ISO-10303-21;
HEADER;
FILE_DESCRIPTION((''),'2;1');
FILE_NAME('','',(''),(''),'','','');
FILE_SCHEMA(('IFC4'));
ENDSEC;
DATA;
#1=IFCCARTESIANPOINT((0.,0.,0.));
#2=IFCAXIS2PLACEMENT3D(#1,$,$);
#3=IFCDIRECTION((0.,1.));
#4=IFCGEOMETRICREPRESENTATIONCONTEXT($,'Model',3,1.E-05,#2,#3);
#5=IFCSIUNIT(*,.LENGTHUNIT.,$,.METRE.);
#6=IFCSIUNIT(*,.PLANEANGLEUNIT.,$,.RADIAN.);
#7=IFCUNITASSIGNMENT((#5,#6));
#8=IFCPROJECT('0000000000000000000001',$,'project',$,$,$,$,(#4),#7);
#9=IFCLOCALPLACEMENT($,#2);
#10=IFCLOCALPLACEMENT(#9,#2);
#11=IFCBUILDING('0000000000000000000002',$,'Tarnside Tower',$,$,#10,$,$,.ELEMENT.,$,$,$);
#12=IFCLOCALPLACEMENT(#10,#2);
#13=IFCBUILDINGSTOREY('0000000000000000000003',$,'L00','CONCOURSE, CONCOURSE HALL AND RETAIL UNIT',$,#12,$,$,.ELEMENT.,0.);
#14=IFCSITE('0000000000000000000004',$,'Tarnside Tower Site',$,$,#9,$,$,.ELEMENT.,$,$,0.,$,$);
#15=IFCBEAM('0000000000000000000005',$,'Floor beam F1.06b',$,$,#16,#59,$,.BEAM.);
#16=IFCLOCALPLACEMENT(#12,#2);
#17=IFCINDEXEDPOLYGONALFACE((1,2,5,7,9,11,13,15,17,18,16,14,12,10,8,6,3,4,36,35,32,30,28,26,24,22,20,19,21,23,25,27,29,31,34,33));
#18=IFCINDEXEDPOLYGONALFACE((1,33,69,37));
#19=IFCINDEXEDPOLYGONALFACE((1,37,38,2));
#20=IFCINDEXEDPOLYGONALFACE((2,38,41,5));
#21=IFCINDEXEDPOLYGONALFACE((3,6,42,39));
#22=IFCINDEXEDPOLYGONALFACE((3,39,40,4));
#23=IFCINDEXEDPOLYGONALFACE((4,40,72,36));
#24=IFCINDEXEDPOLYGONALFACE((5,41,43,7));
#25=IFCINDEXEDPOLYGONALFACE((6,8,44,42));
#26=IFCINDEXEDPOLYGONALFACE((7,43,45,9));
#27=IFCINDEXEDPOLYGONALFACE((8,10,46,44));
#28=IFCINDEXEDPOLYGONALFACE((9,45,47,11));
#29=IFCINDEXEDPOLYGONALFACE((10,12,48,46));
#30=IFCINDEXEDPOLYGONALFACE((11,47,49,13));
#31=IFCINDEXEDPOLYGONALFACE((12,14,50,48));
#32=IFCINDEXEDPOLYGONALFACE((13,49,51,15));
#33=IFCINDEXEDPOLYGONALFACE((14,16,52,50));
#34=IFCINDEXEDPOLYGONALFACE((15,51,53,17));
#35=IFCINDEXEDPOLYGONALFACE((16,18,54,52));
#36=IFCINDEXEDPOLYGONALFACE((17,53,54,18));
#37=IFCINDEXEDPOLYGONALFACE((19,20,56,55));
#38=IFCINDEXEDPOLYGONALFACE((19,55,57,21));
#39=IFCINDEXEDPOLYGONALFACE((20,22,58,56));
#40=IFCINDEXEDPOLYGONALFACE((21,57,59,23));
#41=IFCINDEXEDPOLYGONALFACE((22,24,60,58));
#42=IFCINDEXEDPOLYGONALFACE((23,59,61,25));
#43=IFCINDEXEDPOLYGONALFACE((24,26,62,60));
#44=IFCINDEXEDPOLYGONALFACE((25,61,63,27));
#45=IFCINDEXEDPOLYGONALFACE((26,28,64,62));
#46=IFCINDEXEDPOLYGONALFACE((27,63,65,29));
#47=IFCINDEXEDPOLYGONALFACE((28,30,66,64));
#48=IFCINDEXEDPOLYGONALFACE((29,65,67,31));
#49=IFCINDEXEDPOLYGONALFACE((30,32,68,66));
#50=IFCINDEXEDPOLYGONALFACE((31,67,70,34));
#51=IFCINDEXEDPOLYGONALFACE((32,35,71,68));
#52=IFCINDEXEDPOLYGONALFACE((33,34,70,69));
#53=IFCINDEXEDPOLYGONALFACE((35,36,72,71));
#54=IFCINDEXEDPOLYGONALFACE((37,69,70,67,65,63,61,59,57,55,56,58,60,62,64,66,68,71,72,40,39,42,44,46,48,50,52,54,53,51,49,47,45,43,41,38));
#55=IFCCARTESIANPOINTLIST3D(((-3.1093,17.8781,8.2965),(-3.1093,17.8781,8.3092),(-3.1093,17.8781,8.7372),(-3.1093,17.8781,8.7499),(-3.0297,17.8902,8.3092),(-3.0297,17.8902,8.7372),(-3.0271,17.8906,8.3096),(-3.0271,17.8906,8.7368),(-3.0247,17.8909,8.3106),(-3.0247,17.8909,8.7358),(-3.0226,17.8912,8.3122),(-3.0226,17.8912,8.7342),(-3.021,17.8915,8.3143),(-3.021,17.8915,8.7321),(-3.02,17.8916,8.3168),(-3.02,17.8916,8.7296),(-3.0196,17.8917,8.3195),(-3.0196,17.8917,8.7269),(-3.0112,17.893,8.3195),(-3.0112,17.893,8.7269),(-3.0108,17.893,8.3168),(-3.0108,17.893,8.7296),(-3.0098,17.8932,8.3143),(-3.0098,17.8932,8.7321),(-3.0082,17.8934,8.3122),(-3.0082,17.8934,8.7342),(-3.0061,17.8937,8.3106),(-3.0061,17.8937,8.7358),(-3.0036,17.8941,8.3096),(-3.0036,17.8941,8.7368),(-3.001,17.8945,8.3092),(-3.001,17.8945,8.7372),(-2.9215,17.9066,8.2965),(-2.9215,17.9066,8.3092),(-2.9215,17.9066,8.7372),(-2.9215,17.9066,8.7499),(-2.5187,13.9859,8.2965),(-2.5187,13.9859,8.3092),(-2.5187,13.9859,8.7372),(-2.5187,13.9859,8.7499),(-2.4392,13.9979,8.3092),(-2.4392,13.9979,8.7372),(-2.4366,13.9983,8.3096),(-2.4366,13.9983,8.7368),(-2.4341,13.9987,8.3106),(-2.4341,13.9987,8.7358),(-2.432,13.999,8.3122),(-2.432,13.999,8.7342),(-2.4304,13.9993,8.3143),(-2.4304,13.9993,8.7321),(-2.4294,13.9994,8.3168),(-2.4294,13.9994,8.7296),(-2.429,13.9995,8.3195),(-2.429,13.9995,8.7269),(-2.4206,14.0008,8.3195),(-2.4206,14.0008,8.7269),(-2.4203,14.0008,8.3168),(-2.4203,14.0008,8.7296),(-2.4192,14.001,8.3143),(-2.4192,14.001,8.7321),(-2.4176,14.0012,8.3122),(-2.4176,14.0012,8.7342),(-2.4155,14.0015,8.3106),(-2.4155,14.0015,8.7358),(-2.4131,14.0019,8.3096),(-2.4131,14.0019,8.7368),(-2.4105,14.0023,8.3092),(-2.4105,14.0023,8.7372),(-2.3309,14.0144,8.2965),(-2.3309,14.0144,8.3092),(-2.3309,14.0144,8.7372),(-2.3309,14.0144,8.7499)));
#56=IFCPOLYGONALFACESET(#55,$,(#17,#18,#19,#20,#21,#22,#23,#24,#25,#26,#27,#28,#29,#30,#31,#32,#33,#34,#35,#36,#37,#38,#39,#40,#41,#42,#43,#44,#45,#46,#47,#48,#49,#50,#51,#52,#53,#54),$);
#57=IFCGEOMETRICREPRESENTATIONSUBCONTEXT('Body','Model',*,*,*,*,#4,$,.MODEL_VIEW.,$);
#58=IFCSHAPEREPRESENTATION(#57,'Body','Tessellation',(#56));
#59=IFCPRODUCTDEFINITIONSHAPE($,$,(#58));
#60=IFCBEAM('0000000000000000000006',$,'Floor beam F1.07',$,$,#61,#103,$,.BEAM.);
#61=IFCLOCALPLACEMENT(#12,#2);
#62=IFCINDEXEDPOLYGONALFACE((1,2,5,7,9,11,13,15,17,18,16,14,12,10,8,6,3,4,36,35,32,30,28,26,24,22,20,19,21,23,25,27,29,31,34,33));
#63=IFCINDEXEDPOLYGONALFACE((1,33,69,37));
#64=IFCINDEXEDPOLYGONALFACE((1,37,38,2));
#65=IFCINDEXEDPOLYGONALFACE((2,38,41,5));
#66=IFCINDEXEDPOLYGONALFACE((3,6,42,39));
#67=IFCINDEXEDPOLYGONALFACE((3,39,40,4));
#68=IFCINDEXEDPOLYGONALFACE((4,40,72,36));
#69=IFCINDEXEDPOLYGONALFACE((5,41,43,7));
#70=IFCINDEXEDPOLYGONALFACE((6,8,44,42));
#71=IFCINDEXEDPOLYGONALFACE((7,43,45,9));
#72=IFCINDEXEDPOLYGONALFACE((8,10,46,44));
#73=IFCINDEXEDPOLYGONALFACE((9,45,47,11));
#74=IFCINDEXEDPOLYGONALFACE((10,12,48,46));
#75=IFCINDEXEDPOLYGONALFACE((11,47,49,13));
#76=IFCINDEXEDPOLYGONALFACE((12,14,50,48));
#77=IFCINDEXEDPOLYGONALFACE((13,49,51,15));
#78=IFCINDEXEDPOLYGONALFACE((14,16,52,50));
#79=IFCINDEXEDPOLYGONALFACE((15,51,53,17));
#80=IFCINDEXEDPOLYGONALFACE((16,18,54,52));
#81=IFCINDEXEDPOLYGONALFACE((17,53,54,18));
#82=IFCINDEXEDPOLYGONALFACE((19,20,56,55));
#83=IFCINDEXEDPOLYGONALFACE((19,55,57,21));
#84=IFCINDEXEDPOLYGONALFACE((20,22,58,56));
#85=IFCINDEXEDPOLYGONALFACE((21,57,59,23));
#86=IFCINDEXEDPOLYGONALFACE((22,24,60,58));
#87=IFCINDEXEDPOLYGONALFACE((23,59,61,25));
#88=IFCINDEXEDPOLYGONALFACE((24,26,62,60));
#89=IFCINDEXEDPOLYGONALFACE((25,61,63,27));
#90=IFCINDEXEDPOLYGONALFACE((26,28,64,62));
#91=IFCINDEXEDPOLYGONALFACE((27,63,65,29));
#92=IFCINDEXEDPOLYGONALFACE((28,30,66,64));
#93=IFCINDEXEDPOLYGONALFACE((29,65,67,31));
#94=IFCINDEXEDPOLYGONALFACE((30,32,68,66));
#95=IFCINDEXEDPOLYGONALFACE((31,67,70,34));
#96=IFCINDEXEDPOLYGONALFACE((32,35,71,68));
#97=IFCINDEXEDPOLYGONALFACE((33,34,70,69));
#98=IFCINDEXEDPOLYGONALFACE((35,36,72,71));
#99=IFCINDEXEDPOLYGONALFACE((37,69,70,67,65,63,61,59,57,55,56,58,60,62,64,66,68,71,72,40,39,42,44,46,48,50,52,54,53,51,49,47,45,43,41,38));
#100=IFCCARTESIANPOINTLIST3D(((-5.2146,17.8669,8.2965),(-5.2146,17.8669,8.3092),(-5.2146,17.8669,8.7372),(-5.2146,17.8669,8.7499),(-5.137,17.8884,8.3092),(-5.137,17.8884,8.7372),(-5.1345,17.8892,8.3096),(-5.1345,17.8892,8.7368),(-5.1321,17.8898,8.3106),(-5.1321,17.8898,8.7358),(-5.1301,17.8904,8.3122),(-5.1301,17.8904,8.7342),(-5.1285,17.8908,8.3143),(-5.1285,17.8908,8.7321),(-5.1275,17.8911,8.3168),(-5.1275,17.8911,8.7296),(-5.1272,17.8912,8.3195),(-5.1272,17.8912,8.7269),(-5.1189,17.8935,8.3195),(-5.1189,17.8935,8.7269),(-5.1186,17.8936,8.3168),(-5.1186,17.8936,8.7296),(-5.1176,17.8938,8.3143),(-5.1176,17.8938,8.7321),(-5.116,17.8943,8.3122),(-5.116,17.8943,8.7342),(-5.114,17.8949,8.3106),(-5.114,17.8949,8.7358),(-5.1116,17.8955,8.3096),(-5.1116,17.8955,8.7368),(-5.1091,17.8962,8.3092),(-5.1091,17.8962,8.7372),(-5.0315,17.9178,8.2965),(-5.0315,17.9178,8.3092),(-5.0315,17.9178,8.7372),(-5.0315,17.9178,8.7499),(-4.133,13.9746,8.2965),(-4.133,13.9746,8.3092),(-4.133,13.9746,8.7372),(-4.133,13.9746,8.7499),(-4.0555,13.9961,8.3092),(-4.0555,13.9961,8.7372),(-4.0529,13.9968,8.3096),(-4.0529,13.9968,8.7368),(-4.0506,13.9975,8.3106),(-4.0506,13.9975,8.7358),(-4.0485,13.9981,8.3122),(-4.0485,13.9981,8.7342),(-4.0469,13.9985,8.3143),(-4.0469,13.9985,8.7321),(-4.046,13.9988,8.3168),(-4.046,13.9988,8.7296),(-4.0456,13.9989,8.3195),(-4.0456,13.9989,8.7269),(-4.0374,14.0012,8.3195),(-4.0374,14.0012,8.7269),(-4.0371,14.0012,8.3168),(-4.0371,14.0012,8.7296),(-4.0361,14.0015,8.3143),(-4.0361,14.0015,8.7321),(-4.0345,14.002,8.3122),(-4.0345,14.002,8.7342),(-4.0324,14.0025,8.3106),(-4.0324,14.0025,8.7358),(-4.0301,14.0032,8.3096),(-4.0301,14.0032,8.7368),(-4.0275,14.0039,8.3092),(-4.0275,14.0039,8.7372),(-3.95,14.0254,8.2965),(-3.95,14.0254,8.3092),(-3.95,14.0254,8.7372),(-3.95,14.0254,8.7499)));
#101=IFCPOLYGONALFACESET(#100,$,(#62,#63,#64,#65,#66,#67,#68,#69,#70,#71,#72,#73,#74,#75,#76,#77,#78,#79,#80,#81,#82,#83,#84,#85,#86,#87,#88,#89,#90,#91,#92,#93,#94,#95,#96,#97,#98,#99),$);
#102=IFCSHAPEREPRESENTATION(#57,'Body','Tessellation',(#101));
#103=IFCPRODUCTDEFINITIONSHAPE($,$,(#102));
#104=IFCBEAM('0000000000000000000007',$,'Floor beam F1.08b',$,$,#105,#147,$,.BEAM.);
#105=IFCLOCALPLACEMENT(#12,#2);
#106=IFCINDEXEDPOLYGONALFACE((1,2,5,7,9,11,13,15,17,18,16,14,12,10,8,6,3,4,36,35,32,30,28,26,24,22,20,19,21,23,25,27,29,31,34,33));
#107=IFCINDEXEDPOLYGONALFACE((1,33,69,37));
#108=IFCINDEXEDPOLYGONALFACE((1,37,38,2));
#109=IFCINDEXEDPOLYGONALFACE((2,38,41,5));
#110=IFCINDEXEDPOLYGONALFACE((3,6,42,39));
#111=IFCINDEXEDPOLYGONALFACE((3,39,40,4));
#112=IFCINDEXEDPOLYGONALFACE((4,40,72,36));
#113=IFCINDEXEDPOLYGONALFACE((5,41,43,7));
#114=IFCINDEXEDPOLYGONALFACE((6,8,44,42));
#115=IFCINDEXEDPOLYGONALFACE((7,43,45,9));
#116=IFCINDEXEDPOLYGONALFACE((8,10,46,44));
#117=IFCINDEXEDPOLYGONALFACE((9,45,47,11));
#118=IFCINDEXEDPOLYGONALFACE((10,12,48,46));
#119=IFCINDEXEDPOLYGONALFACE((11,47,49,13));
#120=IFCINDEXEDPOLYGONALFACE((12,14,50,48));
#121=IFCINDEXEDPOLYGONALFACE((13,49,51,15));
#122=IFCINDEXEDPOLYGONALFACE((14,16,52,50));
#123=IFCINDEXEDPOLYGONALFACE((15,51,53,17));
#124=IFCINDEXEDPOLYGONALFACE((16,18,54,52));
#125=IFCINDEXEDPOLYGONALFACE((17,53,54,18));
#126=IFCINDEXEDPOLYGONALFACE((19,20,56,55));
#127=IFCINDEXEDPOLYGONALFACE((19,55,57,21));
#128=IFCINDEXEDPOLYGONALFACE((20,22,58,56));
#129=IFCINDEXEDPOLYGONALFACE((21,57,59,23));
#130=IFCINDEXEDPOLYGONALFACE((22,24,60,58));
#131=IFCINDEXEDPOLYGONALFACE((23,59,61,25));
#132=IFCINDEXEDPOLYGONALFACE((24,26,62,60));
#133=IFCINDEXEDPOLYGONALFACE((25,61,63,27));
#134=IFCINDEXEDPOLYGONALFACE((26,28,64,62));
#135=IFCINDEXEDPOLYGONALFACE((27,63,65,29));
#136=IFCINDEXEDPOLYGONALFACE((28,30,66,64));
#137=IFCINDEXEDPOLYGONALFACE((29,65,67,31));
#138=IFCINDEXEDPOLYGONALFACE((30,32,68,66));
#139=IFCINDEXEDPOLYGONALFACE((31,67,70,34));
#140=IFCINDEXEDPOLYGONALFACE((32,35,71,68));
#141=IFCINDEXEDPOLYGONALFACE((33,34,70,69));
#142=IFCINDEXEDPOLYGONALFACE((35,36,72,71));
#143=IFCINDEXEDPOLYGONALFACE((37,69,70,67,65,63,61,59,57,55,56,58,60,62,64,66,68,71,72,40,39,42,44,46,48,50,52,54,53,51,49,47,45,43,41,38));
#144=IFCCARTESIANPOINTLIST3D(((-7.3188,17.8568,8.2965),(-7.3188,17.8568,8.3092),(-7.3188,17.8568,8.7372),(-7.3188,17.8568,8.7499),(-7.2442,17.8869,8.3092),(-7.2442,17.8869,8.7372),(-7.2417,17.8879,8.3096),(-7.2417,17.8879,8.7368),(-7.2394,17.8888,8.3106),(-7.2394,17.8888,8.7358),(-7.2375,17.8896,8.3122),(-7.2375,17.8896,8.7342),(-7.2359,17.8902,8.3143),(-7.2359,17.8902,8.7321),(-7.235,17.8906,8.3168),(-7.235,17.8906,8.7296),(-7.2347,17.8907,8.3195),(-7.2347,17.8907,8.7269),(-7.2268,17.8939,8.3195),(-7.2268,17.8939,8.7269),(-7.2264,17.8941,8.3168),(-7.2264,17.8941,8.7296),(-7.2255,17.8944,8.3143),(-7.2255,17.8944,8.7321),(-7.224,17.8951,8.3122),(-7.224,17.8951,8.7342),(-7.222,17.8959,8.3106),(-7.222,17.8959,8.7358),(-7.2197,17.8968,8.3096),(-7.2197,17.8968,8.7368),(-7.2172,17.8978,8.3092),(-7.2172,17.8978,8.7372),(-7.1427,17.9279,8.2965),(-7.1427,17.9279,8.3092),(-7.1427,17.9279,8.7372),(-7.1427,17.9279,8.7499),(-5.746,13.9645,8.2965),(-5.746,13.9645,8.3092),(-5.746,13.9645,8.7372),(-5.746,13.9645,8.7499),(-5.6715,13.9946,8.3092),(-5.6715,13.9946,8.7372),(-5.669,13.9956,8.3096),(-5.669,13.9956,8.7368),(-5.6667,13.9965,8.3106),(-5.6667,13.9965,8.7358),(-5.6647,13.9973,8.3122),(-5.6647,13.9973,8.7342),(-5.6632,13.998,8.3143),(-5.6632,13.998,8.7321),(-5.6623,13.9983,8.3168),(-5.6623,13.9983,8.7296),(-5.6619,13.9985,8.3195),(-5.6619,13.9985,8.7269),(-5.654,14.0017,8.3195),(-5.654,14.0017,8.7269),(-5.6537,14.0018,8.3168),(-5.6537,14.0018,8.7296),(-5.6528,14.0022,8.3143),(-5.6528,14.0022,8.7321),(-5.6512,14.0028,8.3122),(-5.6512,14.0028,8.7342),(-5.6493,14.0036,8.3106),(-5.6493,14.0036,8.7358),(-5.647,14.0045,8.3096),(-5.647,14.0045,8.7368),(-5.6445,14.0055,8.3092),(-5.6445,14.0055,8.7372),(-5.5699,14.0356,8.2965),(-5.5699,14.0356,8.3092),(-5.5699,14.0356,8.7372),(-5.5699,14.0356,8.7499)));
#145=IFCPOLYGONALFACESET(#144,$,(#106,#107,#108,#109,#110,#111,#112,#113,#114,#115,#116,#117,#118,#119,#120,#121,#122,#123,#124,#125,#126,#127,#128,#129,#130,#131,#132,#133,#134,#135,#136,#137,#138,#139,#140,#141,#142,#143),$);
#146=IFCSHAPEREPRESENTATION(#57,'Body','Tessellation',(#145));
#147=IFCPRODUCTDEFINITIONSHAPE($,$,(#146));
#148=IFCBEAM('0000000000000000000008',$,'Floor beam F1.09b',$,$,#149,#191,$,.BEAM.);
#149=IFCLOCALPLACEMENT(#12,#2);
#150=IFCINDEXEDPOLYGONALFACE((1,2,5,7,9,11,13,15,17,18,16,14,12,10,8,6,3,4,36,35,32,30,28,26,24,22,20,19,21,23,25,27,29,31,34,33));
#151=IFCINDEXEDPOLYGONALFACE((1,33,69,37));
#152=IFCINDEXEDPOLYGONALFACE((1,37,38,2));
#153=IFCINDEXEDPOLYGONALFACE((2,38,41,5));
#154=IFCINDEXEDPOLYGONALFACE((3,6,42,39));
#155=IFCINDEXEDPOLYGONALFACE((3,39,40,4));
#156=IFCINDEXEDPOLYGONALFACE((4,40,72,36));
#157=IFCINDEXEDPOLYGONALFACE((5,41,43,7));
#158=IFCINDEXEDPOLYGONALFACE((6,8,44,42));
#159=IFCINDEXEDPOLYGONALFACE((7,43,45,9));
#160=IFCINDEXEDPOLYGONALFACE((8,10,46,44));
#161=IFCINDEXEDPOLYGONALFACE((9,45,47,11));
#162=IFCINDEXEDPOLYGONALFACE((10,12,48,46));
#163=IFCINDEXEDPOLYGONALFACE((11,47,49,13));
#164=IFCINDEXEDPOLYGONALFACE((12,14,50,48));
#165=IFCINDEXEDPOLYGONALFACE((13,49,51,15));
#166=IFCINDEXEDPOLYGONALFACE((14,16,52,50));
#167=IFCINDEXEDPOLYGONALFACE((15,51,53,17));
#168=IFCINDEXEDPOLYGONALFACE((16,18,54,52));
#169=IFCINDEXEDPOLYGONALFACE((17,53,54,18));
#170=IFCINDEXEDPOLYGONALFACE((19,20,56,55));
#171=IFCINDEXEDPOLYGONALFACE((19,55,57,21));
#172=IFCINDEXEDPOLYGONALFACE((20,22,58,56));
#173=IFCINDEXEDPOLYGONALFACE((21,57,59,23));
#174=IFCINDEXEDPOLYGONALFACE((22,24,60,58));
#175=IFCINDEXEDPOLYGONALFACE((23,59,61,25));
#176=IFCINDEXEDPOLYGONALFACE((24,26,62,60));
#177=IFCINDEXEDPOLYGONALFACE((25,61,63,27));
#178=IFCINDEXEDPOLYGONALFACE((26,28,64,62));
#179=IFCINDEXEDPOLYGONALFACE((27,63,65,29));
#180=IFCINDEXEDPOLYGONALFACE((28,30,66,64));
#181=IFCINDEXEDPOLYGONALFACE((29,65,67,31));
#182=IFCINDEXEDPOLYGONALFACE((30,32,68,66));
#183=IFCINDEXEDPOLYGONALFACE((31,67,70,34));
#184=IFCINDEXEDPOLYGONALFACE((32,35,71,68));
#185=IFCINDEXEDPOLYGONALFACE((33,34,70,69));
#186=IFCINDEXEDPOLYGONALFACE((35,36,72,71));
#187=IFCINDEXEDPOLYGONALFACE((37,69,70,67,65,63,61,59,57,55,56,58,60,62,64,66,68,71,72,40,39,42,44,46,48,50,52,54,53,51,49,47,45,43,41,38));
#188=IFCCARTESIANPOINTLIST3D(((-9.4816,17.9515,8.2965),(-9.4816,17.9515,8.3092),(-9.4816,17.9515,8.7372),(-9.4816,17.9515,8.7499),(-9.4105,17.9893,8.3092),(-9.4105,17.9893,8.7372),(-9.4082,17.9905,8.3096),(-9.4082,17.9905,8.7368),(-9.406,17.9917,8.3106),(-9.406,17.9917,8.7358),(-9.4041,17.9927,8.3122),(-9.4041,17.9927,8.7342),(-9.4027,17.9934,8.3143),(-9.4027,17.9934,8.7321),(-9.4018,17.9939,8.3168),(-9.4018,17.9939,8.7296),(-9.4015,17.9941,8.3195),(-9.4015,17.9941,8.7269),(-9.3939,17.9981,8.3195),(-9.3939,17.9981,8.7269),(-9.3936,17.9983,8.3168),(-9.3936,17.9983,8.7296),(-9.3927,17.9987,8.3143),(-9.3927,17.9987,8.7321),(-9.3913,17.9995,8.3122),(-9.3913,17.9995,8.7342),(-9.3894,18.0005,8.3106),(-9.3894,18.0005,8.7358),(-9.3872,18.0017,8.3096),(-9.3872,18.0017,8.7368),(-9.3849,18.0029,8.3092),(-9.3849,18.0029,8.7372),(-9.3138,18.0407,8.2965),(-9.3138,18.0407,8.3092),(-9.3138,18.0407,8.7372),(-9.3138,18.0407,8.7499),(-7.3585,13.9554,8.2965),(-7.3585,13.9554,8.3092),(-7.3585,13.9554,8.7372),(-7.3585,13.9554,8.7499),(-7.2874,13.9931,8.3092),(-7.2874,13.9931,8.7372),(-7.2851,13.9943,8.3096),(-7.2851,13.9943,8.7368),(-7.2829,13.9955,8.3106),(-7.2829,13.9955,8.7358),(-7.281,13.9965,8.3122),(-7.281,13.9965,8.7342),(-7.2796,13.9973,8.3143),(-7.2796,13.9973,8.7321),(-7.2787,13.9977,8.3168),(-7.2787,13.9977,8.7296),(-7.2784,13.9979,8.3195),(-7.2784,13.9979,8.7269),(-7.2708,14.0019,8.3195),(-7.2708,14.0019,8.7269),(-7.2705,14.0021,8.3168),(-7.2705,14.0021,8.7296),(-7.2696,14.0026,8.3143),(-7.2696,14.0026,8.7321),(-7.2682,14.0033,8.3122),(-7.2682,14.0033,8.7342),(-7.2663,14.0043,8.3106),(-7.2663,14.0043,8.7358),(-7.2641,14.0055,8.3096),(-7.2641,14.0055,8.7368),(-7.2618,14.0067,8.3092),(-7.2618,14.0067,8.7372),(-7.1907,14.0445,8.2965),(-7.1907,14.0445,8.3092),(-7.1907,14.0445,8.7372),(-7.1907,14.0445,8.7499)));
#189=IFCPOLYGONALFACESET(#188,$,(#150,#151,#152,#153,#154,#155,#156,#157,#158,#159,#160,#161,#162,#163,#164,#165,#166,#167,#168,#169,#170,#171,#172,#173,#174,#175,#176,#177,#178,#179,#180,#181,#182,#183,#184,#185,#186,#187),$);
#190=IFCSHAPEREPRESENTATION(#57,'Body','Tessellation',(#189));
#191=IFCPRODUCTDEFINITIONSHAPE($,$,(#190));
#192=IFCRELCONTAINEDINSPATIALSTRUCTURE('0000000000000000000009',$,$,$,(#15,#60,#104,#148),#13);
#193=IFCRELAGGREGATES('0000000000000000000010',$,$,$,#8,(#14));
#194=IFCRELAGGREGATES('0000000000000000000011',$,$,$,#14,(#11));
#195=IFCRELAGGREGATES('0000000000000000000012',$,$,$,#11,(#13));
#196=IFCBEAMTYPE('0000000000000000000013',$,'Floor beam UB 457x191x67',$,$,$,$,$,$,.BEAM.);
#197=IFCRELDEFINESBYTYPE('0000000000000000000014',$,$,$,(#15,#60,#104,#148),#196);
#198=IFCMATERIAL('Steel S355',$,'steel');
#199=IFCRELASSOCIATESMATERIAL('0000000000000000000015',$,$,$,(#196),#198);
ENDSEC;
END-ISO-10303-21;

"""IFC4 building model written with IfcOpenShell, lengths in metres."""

from ifc_helpers import new_model, si_unit, direction, frame, origin, origin_2d, place, context, subcontext, project, spatial, i_section, extrude, material, material_profile, profile_set, type_object, element, save


model = new_model("IFC4")

# Units and contexts
model_context = context("Model", 3, precision=1e-05, world=origin(), true_north=direction((0.0, 1.0)))
body_context = subcontext(model_context, "Body", "Model", "MODEL_VIEW")
ifc_project = project(units=[si_unit("LENGTHUNIT", "METRE"), si_unit("PLANEANGLEUNIT", "RADIAN")], contexts=[model_context])

# Site, building, storey
site_placement = place(None, origin())
site = spatial("IfcSite", under=ifc_project, at=site_placement, Name="Tarnside Tower Site", CompositionType="ELEMENT", RefElevation=0.0)
building_placement = place(site_placement, origin())
building = spatial("IfcBuilding", under=site, at=building_placement, Name="Tarnside Tower", CompositionType="ELEMENT")
storey_placement = place(building_placement, origin())
storey = spatial("IfcBuildingStorey", under=building, at=storey_placement, Name="L00", Description="CONCOURSE, CONCOURSE HALL AND RETAIL UNIT", CompositionType="ELEMENT", Elevation=0.0)

# Beams
ifc_material_1 = material(Name="Steel S355", Category="steel")
ifc_material_profile_1 = material_profile(ifc_material_1, i_section(OverallWidth=0.1899, OverallDepth=0.4534, WebThickness=0.0085, FlangeThickness=0.0127, FilletRadius=0.0103, at=origin_2d()), Name="UB 457x191x67")
ifc_profile_set_1 = profile_set([ifc_material_profile_1], Name="Steel S355")
beam_type_1 = type_object("IfcBeamType", Name="Floor beam UB 457x191x67", PredefinedType="BEAM", material=ifc_profile_set_1)
beam_1_placement = place(storey_placement, frame((-3.0154, 17.8923, 8.5232), z_axis=(0.150011, -0.988684, 0.0), x_axis=(0.988684, 0.150011, 0.0)))
element("IfcBeam", 1, at=beam_1_placement, inside=storey, type_object=beam_type_1, Name="Floor beam F1.06b", PredefinedType="BEAM", context=body_context, shape_type="SweptSolid", body=[
    extrude(i_section(OverallWidth=0.1899, OverallDepth=0.4534, WebThickness=0.0085, FlangeThickness=0.0127, FilletRadius=0.0103, at=origin_2d()), origin(), (0.0, 0.0, 1.0), 3.9368),
])
beam_2_placement = place(storey_placement, frame((-5.123, 17.8923, 8.5232), z_axis=(0.267722, -0.963496, 0.0), x_axis=(0.963496, 0.267722, 0.0)))
element("IfcBeam", 2, at=beam_2_placement, inside=storey, type_object=beam_type_1, Name="Floor beam F1.07", PredefinedType="BEAM", context=body_context, shape_type="SweptSolid", body=[
    extrude(i_section(OverallWidth=0.1899, OverallDepth=0.4534, WebThickness=0.0085, FlangeThickness=0.0127, FilletRadius=0.0103, at=origin_2d()), origin(), (0.0, 0.0, 1.0), 4.0398),
])
beam_3_placement = place(storey_placement, frame((-7.2307, 17.8923, 8.5232), z_axis=(0.374637, -0.927172, 0.0), x_axis=(0.927172, 0.374637, 0.0)))
element("IfcBeam", 3, at=beam_3_placement, inside=storey, type_object=beam_type_1, Name="Floor beam F1.08b", PredefinedType="BEAM", context=body_context, shape_type="SweptSolid", body=[
    extrude(i_section(OverallWidth=0.1899, OverallDepth=0.4534, WebThickness=0.0085, FlangeThickness=0.0127, FilletRadius=0.0103, at=origin_2d()), origin(), (0.0, 0.0, 1.0), 4.198),
])
beam_4_placement = place(storey_placement, frame((-9.3977, 17.9961, 8.5232), z_axis=(0.469176, -0.883105, 0.0), x_axis=(0.883105, 0.469176, 0.0)))
element("IfcBeam", 4, at=beam_4_placement, inside=storey, type_object=beam_type_1, Name="Floor beam F1.09b", PredefinedType="BEAM", context=body_context, shape_type="SweptSolid", body=[
    extrude(i_section(OverallWidth=0.1899, OverallDepth=0.4534, WebThickness=0.0085, FlangeThickness=0.0127, FilletRadius=0.0103, at=origin_2d()), origin(), (0.0, 0.0, 1.0), 4.5251),
])

save(model, "model.ifc")
